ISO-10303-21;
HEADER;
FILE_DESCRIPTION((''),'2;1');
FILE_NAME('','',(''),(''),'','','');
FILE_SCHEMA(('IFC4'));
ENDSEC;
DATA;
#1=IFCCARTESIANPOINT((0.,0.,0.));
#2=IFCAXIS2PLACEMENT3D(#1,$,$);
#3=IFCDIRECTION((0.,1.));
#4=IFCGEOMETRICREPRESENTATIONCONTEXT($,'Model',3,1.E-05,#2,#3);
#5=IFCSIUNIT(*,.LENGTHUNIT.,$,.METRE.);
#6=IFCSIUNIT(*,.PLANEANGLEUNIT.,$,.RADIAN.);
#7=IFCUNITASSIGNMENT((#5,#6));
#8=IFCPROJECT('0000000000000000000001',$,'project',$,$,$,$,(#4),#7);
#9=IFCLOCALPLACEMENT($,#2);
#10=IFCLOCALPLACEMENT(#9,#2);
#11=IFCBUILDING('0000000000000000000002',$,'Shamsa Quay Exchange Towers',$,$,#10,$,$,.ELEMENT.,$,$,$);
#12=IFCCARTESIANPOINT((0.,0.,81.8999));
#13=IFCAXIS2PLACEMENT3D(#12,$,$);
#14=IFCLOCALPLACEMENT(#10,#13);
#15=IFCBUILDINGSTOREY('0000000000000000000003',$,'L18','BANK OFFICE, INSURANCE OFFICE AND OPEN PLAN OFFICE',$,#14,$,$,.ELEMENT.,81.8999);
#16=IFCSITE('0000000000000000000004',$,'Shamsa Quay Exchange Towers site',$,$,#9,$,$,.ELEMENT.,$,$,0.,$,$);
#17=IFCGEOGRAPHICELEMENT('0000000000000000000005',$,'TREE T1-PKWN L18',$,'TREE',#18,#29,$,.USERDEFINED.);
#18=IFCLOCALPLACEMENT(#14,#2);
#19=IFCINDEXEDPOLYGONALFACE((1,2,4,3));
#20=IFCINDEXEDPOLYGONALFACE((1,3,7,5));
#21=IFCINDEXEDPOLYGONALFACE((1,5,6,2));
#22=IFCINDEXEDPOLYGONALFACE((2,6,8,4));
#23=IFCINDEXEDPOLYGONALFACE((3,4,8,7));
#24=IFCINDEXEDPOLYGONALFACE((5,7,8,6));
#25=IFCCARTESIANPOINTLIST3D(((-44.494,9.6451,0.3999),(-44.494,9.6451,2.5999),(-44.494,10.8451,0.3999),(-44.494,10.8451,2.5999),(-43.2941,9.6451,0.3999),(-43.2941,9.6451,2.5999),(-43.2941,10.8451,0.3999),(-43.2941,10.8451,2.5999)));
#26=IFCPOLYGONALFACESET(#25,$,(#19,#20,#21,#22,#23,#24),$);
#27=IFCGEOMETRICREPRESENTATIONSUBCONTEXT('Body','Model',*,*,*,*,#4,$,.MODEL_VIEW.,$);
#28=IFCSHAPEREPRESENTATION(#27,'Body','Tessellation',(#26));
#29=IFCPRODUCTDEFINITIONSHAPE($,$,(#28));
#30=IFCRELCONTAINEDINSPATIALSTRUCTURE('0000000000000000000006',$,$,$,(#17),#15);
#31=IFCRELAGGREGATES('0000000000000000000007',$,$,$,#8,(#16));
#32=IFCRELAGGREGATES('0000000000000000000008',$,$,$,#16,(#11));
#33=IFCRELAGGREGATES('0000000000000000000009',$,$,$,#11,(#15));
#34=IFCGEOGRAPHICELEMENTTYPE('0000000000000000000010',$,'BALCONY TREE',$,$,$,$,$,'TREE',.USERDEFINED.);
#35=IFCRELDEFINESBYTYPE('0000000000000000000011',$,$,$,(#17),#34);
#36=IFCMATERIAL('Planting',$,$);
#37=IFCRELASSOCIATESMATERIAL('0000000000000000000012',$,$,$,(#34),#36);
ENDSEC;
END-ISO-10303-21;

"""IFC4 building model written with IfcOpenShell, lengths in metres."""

from ifc_helpers import new_model, si_unit, direction, frame, origin, origin_2d, place, context, subcontext, project, spatial, rectangle, extrude, material, type_object, element, save


model = new_model("IFC4")

# Units and contexts
model_context = context("Model", 3, precision=1e-05, world=origin(), true_north=direction((0.0, 1.0)))
body_context = subcontext(model_context, "Body", "Model", "MODEL_VIEW")
ifc_project = project(units=[si_unit("LENGTHUNIT", "METRE"), si_unit("PLANEANGLEUNIT", "RADIAN")], contexts=[model_context])

# Site, building, storey
site_placement = place(None, origin())
site = spatial("IfcSite", under=ifc_project, at=site_placement, Name="Shamsa Quay Exchange Towers site", CompositionType="ELEMENT", RefElevation=0.0)
building_placement = place(site_placement, origin())
building = spatial("IfcBuilding", under=site, at=building_placement, Name="Shamsa Quay Exchange Towers", CompositionType="ELEMENT")
storey_placement = place(building_placement, frame((0.0, 0.0, 81.8999)))
storey = spatial("IfcBuildingStorey", under=building, at=storey_placement, Name="L18", Description="BANK OFFICE, INSURANCE OFFICE AND OPEN PLAN OFFICE", CompositionType="ELEMENT", Elevation=81.8999)

# Geographic element
ifc_material_1 = material(Name="Planting")
geographic_element_type = type_object("IfcGeographicElementType", Name="BALCONY TREE", ElementType="TREE", PredefinedType="USERDEFINED", material=ifc_material_1)
geographic_element_placement = place(storey_placement, frame((-43.894, 10.2451, 0.3999), z_axis=(0.0, 0.0, 1.0), x_axis=(-1.0, 0.0, 0.0)))
element("IfcGeographicElement", 1, at=geographic_element_placement, inside=storey, type_object=geographic_element_type, Name="TREE T1-PKWN L18", ObjectType="TREE", PredefinedType="USERDEFINED", context=body_context, shape_type="SweptSolid", body=[
    extrude(rectangle(XDim=1.2, YDim=1.2, at=origin_2d()), origin(), (0.0, 0.0, 1.0), 2.2),
])

save(model, "model.ifc")
